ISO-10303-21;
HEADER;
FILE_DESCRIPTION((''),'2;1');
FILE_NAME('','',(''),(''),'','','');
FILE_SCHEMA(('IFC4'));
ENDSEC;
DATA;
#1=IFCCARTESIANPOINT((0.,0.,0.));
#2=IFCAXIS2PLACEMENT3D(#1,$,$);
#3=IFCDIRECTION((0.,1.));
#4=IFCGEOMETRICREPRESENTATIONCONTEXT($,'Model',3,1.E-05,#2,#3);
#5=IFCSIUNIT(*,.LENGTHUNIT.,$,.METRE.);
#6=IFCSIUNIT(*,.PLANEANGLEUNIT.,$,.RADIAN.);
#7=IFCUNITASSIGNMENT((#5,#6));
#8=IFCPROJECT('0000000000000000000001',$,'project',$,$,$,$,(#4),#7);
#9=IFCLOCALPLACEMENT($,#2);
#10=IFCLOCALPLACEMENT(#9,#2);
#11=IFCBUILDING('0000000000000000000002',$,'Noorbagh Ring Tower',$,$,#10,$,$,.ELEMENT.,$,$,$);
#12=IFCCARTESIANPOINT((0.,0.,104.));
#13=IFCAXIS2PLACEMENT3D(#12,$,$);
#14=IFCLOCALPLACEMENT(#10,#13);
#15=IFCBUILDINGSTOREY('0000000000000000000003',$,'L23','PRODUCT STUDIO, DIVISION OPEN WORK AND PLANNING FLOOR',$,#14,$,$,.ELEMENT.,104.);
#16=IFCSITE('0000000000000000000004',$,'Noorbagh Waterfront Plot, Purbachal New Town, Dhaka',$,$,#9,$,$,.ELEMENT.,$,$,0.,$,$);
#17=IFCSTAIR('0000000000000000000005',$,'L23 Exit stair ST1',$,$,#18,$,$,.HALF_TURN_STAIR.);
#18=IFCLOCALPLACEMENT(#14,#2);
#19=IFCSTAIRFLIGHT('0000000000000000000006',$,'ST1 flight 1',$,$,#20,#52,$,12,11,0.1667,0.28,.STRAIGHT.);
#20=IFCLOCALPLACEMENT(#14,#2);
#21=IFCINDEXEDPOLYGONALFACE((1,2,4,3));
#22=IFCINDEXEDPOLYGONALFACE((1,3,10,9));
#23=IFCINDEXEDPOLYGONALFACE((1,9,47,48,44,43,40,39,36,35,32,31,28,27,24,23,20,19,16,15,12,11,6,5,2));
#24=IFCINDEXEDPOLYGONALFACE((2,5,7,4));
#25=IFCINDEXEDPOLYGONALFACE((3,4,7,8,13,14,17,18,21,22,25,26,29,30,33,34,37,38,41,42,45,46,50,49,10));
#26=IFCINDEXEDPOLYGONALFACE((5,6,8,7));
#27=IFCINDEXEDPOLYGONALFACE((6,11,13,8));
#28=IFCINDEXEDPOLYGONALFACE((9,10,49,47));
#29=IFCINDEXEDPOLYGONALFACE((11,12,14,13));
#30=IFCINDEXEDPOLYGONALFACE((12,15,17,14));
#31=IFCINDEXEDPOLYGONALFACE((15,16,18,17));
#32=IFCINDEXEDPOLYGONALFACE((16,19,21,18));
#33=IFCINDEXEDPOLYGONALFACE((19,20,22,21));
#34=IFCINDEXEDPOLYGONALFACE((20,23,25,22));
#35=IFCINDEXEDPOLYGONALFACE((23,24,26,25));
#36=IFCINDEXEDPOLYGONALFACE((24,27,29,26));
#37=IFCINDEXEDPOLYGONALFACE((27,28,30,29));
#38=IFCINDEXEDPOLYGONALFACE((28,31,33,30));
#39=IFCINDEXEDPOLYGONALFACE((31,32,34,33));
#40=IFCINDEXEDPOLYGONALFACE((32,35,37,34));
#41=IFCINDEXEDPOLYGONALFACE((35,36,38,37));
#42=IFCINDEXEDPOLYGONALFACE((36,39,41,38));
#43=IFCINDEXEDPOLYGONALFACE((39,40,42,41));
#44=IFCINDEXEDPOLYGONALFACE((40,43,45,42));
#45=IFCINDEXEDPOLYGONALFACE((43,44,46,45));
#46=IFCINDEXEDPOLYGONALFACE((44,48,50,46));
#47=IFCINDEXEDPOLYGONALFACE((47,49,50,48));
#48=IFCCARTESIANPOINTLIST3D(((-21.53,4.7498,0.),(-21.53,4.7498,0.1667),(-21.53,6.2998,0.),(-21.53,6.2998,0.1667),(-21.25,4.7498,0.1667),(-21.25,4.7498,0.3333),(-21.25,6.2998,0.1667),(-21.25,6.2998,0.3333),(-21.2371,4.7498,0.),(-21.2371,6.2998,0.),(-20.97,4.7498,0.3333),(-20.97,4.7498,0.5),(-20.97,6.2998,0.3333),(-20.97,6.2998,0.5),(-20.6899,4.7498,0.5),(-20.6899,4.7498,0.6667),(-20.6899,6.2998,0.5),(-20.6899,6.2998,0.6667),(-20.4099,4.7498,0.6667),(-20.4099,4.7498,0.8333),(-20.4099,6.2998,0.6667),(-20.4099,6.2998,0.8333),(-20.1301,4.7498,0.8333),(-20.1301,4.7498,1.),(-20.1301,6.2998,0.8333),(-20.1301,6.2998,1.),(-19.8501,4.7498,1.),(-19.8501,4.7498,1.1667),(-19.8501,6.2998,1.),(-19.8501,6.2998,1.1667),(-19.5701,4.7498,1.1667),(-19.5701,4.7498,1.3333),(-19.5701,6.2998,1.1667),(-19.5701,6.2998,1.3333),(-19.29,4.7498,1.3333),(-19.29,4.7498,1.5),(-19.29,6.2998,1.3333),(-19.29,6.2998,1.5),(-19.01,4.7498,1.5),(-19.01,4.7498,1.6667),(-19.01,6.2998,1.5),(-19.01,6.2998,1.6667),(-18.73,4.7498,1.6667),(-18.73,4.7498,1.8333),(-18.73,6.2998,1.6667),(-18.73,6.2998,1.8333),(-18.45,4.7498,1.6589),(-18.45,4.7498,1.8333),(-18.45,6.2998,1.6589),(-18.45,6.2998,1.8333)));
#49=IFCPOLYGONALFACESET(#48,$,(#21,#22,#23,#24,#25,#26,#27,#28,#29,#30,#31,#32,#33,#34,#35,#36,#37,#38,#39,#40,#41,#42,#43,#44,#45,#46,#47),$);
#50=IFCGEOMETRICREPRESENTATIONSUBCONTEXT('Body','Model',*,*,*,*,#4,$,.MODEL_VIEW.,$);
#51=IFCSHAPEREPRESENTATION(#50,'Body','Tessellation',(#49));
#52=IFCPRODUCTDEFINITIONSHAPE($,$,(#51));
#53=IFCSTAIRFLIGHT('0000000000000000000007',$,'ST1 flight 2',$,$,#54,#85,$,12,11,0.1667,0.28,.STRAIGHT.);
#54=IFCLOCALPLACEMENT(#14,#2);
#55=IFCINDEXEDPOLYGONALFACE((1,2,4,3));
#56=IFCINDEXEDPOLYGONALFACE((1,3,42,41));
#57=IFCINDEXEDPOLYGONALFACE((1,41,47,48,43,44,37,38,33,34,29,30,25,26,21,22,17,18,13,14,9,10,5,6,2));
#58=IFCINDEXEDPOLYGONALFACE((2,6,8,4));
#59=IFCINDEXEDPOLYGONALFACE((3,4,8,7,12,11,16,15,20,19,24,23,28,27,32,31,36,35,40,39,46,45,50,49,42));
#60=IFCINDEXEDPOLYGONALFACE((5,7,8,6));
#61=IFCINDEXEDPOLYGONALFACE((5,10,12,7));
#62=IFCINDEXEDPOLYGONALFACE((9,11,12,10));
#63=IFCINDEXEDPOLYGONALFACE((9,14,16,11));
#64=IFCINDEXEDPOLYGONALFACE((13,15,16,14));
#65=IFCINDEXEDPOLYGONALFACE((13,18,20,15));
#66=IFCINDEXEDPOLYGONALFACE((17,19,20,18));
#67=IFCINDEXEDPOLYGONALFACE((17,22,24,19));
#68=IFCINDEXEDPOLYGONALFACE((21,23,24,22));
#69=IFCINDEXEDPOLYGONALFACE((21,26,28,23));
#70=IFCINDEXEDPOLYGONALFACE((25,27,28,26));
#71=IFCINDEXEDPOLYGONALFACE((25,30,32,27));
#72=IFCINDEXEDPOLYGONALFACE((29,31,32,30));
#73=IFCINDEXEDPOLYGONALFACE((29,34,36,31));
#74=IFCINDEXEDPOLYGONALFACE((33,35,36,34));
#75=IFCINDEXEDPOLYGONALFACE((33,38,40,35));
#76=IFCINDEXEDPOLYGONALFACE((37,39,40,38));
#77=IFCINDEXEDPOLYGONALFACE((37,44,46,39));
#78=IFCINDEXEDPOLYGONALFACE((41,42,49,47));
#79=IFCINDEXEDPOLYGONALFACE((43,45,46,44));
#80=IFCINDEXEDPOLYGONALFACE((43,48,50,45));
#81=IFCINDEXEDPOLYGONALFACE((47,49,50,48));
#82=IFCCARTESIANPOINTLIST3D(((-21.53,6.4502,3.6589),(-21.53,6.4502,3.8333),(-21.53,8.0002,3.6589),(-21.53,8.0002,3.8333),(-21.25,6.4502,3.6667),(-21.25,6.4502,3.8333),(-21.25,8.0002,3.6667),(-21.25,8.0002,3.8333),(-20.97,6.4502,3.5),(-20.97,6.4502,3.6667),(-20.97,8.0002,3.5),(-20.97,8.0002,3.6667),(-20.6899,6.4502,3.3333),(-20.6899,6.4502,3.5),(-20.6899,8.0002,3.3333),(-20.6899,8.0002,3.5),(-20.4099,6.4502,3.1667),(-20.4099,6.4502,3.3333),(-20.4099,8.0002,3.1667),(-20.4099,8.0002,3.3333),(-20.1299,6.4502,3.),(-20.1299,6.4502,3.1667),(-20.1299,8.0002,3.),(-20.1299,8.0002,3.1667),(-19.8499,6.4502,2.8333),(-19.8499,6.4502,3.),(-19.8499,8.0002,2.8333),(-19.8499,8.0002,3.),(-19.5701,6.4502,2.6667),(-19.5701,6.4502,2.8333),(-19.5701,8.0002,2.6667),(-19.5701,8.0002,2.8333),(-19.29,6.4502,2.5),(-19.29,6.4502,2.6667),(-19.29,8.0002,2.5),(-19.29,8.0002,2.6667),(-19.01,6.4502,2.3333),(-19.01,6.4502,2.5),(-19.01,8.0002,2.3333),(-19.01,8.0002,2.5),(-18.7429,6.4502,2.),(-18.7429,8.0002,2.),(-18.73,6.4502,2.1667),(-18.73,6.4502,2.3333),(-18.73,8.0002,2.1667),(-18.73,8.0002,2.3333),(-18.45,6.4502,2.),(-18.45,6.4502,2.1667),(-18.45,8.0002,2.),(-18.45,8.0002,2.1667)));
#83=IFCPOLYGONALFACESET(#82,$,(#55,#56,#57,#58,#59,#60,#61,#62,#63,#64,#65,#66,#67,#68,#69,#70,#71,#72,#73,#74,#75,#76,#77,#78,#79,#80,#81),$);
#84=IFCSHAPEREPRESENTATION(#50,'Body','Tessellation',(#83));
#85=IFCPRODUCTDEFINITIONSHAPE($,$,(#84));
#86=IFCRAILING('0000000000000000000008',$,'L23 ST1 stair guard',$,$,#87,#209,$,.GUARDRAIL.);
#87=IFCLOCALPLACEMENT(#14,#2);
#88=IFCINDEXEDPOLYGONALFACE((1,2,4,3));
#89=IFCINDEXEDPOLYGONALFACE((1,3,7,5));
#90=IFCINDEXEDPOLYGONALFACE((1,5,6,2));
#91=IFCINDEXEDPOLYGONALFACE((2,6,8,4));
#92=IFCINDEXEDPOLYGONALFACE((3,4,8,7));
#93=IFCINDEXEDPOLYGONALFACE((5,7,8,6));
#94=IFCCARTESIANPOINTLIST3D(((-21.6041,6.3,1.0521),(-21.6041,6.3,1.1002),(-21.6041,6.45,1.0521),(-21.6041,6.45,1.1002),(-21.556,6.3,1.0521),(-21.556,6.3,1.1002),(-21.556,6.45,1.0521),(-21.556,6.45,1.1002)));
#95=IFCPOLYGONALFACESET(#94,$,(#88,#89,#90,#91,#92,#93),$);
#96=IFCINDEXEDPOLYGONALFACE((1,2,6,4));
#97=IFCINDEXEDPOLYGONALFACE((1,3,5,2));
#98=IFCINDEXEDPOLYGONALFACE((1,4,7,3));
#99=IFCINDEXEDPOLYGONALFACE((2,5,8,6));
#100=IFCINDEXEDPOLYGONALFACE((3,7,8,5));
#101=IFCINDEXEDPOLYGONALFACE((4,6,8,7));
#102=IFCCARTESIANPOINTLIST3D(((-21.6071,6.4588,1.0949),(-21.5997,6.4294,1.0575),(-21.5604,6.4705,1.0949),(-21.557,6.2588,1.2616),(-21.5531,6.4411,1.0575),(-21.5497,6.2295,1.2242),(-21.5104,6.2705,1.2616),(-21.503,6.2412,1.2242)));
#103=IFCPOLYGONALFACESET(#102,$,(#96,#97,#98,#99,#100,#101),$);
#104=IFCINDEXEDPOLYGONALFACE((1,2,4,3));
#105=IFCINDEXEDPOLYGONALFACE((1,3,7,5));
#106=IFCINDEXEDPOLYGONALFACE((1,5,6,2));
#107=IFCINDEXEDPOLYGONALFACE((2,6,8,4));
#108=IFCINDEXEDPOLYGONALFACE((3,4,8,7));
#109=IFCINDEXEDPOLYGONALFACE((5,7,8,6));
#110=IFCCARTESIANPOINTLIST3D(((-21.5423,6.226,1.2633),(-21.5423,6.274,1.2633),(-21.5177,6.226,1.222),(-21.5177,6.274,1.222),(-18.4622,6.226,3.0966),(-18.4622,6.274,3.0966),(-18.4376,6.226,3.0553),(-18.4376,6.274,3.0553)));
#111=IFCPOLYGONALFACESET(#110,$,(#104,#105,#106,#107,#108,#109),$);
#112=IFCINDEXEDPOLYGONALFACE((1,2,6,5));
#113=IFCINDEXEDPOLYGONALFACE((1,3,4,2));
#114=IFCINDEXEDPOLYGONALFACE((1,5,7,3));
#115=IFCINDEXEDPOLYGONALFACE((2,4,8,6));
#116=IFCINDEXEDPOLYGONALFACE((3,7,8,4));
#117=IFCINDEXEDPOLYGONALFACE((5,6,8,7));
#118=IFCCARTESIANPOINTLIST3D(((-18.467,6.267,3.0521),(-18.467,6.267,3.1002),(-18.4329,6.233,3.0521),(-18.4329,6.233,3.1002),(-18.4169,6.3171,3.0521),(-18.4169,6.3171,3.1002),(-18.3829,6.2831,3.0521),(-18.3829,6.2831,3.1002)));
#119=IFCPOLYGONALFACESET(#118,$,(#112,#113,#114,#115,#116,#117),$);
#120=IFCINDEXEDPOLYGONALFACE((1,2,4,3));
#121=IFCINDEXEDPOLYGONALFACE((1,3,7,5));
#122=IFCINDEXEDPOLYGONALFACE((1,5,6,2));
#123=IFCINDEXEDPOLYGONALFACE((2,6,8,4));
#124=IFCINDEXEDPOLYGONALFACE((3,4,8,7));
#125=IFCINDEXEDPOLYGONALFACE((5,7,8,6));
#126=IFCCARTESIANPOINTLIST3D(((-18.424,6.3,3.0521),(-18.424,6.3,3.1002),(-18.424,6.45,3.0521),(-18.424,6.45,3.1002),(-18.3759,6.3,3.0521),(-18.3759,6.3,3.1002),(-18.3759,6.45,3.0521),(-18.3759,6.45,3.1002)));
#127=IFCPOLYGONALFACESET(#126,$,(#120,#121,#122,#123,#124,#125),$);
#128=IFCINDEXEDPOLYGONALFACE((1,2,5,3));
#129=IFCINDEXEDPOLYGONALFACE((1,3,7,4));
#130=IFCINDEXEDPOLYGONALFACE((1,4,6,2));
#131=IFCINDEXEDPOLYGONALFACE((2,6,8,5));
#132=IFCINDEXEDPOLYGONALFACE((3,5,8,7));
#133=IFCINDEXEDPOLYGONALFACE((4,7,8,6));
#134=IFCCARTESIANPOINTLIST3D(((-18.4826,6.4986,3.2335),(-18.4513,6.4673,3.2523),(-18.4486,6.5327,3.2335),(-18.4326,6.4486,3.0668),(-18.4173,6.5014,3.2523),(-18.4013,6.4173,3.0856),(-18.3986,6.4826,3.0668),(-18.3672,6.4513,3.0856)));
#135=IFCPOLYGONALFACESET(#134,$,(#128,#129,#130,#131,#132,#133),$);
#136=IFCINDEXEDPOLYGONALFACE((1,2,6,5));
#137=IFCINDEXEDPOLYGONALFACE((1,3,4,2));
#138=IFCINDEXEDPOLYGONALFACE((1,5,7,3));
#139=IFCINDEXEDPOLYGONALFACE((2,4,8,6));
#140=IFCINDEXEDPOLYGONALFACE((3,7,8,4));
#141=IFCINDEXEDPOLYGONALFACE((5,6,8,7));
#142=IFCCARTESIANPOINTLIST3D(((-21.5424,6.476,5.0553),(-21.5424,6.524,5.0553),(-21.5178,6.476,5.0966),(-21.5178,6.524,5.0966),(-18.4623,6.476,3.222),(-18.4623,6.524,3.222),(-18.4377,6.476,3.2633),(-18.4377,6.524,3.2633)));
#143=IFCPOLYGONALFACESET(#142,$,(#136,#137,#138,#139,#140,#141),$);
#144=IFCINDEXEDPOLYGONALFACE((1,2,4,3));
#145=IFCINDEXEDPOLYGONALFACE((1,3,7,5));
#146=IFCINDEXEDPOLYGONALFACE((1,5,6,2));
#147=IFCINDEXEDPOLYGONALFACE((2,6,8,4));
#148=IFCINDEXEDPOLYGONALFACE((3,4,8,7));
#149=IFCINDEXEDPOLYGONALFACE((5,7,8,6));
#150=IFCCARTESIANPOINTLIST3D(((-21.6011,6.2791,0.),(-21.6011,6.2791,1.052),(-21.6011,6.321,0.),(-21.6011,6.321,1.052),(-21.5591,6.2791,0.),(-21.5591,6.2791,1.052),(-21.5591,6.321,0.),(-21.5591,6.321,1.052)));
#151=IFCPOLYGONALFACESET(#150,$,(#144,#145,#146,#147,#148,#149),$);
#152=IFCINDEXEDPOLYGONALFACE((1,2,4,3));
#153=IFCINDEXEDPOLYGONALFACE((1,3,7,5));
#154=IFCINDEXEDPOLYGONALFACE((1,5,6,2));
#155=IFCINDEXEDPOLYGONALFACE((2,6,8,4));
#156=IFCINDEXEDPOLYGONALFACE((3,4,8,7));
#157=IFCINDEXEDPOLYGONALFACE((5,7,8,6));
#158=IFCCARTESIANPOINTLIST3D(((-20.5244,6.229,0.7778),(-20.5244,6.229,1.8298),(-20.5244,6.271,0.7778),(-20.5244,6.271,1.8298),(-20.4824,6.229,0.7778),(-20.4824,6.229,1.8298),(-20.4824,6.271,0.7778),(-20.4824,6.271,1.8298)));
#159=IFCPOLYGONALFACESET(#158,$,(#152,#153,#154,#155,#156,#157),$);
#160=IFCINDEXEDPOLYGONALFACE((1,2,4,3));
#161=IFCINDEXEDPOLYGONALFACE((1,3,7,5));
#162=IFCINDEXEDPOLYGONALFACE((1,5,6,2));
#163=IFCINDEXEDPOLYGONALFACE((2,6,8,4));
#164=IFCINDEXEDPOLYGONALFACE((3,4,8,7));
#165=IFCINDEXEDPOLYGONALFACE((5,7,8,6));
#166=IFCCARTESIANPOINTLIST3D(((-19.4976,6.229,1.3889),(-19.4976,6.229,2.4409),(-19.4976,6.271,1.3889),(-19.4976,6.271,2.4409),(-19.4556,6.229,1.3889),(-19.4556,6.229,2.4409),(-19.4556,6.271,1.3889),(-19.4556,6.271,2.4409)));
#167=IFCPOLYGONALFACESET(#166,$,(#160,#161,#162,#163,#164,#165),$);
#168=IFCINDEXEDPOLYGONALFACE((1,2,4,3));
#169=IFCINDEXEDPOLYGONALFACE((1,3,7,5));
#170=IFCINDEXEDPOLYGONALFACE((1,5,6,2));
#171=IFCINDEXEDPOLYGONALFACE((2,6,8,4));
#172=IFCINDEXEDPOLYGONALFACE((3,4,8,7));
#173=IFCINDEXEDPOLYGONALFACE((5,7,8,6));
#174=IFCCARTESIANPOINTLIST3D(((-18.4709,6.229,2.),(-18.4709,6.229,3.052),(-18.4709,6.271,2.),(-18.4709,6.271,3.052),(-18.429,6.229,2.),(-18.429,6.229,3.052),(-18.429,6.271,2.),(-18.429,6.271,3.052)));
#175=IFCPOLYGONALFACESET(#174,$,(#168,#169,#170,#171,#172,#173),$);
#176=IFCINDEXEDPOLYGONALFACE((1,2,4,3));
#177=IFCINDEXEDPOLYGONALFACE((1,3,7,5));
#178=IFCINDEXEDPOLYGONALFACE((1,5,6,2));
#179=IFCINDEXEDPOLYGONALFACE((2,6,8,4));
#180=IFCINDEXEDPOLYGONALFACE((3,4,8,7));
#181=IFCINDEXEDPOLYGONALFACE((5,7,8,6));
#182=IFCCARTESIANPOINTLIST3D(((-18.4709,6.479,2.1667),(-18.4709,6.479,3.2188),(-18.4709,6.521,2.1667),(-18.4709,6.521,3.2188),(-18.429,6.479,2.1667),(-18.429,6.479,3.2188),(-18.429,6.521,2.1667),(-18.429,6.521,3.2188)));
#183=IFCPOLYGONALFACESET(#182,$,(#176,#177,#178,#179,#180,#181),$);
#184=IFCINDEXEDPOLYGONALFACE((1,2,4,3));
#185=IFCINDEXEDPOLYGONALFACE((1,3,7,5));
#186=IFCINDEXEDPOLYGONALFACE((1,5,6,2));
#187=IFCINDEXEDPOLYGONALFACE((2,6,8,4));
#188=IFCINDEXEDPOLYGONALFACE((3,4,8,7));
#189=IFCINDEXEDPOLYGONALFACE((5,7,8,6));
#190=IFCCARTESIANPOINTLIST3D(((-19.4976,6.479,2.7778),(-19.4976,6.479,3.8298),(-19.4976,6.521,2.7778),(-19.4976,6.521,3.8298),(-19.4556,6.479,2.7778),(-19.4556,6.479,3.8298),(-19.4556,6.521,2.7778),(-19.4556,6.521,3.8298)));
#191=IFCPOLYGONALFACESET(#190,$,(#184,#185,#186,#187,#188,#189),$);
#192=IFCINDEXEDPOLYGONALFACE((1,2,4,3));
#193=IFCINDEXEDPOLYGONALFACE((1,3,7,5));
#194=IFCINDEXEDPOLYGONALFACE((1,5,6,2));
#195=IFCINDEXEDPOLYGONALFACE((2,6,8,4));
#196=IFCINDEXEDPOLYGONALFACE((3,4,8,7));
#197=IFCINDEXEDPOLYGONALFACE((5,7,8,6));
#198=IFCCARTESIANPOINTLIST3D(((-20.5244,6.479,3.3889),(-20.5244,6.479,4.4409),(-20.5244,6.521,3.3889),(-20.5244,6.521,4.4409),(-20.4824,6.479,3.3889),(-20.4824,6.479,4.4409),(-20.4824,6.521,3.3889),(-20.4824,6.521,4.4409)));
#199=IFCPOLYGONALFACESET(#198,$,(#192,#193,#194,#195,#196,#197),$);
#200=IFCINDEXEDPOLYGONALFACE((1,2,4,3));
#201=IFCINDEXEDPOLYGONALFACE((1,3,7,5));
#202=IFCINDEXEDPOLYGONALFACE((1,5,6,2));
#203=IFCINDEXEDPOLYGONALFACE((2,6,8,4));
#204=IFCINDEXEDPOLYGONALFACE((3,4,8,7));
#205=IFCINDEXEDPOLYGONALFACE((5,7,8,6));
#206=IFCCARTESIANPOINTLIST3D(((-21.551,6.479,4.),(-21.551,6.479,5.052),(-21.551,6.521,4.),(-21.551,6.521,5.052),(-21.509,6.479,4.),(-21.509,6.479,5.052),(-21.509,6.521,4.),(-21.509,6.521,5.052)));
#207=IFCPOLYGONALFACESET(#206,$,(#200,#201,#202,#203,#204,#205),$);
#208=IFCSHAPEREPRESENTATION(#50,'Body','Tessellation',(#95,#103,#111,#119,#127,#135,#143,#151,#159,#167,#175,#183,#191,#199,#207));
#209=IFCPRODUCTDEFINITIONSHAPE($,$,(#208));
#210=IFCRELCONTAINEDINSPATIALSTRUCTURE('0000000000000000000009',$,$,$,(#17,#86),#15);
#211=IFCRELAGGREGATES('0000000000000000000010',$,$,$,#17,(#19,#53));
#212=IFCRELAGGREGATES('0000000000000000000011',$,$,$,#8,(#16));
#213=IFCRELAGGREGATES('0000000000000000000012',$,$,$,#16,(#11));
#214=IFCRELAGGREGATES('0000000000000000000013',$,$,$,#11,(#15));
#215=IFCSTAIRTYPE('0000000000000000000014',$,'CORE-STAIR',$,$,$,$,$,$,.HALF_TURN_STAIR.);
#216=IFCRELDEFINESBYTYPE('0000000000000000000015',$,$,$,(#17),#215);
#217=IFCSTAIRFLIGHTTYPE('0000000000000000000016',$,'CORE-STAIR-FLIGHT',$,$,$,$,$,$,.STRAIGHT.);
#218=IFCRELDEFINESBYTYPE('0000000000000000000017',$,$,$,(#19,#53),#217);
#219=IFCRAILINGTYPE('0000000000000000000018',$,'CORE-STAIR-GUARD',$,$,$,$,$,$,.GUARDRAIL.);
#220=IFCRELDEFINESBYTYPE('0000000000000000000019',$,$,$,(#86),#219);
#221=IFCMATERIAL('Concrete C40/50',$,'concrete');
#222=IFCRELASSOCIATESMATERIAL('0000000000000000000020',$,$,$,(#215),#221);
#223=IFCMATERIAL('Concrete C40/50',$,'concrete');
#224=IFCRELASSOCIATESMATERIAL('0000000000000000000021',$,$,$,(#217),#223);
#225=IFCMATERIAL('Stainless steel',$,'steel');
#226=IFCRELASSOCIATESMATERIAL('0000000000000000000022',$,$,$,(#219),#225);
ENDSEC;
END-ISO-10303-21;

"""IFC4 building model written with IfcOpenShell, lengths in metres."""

from ifc_helpers import new_model, si_unit, direction, frame, origin, origin_2d, place, context, subcontext, project, spatial, polyline, rectangle, outline, extrude, material, type_object, element, aggregate, save


model = new_model("IFC4")

# Units and contexts
model_context = context("Model", 3, precision=1e-05, world=origin(), true_north=direction((0.0, 1.0)))
body_context = subcontext(model_context, "Body", "Model", "MODEL_VIEW")
ifc_project = project(units=[si_unit("LENGTHUNIT", "METRE"), si_unit("PLANEANGLEUNIT", "RADIAN")], contexts=[model_context])

# Site, building, storey
site_placement = place(None, origin())
site = spatial("IfcSite", under=ifc_project, at=site_placement, Name="Noorbagh Waterfront Plot, Purbachal New Town, Dhaka", CompositionType="ELEMENT", RefElevation=0.0)
building_placement = place(site_placement, origin())
building = spatial("IfcBuilding", under=site, at=building_placement, Name="Noorbagh Ring Tower", CompositionType="ELEMENT")
storey_placement = place(building_placement, frame((0.0, 0.0, 104.0)))
storey = spatial("IfcBuildingStorey", under=building, at=storey_placement, Name="L23", Description="PRODUCT STUDIO, DIVISION OPEN WORK AND PLANNING FLOOR", CompositionType="ELEMENT", Elevation=104.0)

# Stair, stair flights
ifc_material_1 = material(Name="Concrete C40/50", Category="concrete")
stair_type = type_object("IfcStairType", Name="CORE-STAIR", PredefinedType="HALF_TURN_STAIR", material=ifc_material_1)
stair_placement = place(storey_placement, origin())
stair = element("IfcStair", 1, at=stair_placement, inside=storey, type_object=stair_type, Name="L23 Exit stair ST1", PredefinedType="HALF_TURN_STAIR")
ifc_material_2 = material(Name="Concrete C40/50", Category="concrete")
stair_flight_type = type_object("IfcStairFlightType", Name="CORE-STAIR-FLIGHT", PredefinedType="STRAIGHT", material=ifc_material_2)
stair_flight_1_placement = place(storey_placement, frame((-21.53, 5.5249, 0.0), z_axis=(0.0, 0.0, 1.0), x_axis=(1.0, 0.0, 0.0)))
stair_flight_1 = element("IfcStairFlight", 2, at=stair_flight_1_placement, type_object=stair_flight_type, Name="ST1 flight 1", NumberOfRisers=12, NumberOfTreads=11, PredefinedType="STRAIGHT", RiserHeight=0.1667, TreadLength=0.28, context=body_context, shape_type="SweptSolid", body=[
    extrude(outline(polyline([(0.0, 0.0), (0.0, 0.1667), (0.28, 0.1667), (0.28, 0.3333), (0.5601, 0.3333), (0.5601, 0.5), (0.8401, 0.5), (0.8401, 0.6667), (1.1201, 0.6667), (1.1201, 0.8333), (1.3999, 0.8333), (1.3999, 1.0), (1.6799, 1.0), (1.6799, 1.1667), (1.96, 1.1667), (1.96, 1.3333), (2.24, 1.3333), (2.24, 1.5), (2.52, 1.5), (2.52, 1.6667), (2.8, 1.6667), (2.8, 1.8333), (3.0801, 1.8333), (3.0801, 2.0), (3.0801, 1.6589), (0.293, 0.0), (0.0, 0.0)])), frame((0.0, 0.7749, 0.0), z_axis=(0.0, -1.0, 0.0), x_axis=(1.0, 0.0, 0.0)), (0.0, 0.0, 1.0), 1.55),
])
stair_flight_2_placement = place(storey_placement, frame((-18.45, 7.2251, 2.0), z_axis=(0.0, 0.0, 1.0), x_axis=(-1.0, 0.0, 0.0)))
stair_flight_2 = element("IfcStairFlight", 3, at=stair_flight_2_placement, type_object=stair_flight_type, Name="ST1 flight 2", NumberOfRisers=12, NumberOfTreads=11, PredefinedType="STRAIGHT", RiserHeight=0.1667, TreadLength=0.28, context=body_context, shape_type="SweptSolid", body=[
    extrude(outline(polyline([(0.0, 0.0), (0.0, 0.1667), (0.28, 0.1667), (0.28, 0.3333), (0.5601, 0.3333), (0.5601, 0.5), (0.8401, 0.5), (0.8401, 0.6667), (1.1201, 0.6667), (1.1201, 0.8333), (1.3999, 0.8333), (1.3999, 1.0), (1.6799, 1.0), (1.6799, 1.1667), (1.96, 1.1667), (1.96, 1.3333), (2.24, 1.3333), (2.24, 1.5), (2.52, 1.5), (2.52, 1.6667), (2.8, 1.6667), (2.8, 1.8333), (3.0801, 1.8333), (3.0801, 2.0), (3.0801, 1.6589), (0.293, 0.0), (0.0, 0.0)])), frame((0.0, 0.7749, 0.0), z_axis=(0.0, -1.0, 0.0), x_axis=(1.0, 0.0, 0.0)), (0.0, 0.0, 1.0), 1.55),
])
aggregate(stair, [stair_flight_1, stair_flight_2])

# Railing
ifc_material_3 = material(Name="Stainless steel", Category="steel")
railing_type_1 = type_object("IfcRailingType", Name="CORE-STAIR-GUARD", PredefinedType="GUARDRAIL", material=ifc_material_3)
railing_1_placement = place(storey_placement, frame((-21.5801, 6.3, 0.0)))
element("IfcRailing", 4, at=railing_1_placement, inside=storey, type_object=railing_type_1, Name="L23 ST1 stair guard", PredefinedType="GUARDRAIL", context=body_context, shape_type="SweptSolid", body=[
    extrude(rectangle(XDim=0.0481, YDim=0.0481, at=origin_2d()), frame((0.0, 0.0, 1.0762), z_axis=(0.0, 1.0, 0.0), x_axis=(-1.0, 0.0, 0.0)), (0.0, 0.0, 1.0), 0.1499),
    extrude(rectangle(XDim=0.0481, YDim=0.0481, at=origin_2d()), frame((0.0, 0.1499, 1.0762), z_axis=(0.188776, -0.754182, 0.628946), x_axis=(0.970073, 0.242814, 0.0)), (0.0, 0.0, 1.0), 0.2651),
    extrude(rectangle(XDim=0.0481, YDim=0.0481, at=origin_2d()), frame((0.05, -0.05, 1.2427), z_axis=(0.859309, 0.0, 0.511458), x_axis=(0.0, 1.0, 0.0)), (0.0, 0.0, 1.0), 3.5845),
    extrude(rectangle(XDim=0.0481, YDim=0.0481, at=origin_2d()), frame((3.1301, -0.05, 3.0762), z_axis=(0.707107, 0.707107, 0.0), x_axis=(-0.707107, 0.707107, 0.0)), (0.0, 0.0, 1.0), 0.0708),
    extrude(rectangle(XDim=0.0481, YDim=0.0481, at=origin_2d()), frame((3.1802, 0.0, 3.0762), z_axis=(0.0, 1.0, 0.0), x_axis=(-1.0, 0.0, 0.0)), (0.0, 0.0, 1.0), 0.1499),
    extrude(rectangle(XDim=0.0481, YDim=0.0481, at=origin_2d()), frame((3.1802, 0.1499, 3.0762), z_axis=(-0.276287, 0.276287, 0.920506), x_axis=(-0.707107, -0.707107, 0.0)), (0.0, 0.0, 1.0), 0.1812),
    extrude(rectangle(XDim=0.0481, YDim=0.0481, at=origin_2d()), frame((3.1301, 0.2, 3.2427), z_axis=(-0.859309, 0.0, 0.511458), x_axis=(0.0, -1.0, 0.0)), (0.0, 0.0, 1.0), 3.5845),
    extrude(rectangle(XDim=0.042, YDim=0.042, at=origin_2d()), origin(), (0.0, 0.0, 1.0), 1.052),
    extrude(rectangle(XDim=0.042, YDim=0.042, at=origin_2d()), frame((1.0767, -0.05, 0.7778)), (0.0, 0.0, 1.0), 1.052),
    extrude(rectangle(XDim=0.042, YDim=0.042, at=origin_2d()), frame((2.1035, -0.05, 1.3889)), (0.0, 0.0, 1.0), 1.052),
    extrude(rectangle(XDim=0.042, YDim=0.042, at=origin_2d()), frame((3.1301, -0.05, 2.0)), (0.0, 0.0, 1.0), 1.052),
    extrude(rectangle(XDim=0.042, YDim=0.042, at=origin_2d()), frame((3.1301, 0.2, 2.1667)), (0.0, 0.0, 1.0), 1.052),
    extrude(rectangle(XDim=0.042, YDim=0.042, at=origin_2d()), frame((2.1035, 0.2, 2.7778)), (0.0, 0.0, 1.0), 1.052),
    extrude(rectangle(XDim=0.042, YDim=0.042, at=origin_2d()), frame((1.0767, 0.2, 3.3889)), (0.0, 0.0, 1.0), 1.052),
    extrude(rectangle(XDim=0.042, YDim=0.042, at=origin_2d()), frame((0.05, 0.2, 4.0)), (0.0, 0.0, 1.0), 1.052),
])

save(model, "model.ifc")
